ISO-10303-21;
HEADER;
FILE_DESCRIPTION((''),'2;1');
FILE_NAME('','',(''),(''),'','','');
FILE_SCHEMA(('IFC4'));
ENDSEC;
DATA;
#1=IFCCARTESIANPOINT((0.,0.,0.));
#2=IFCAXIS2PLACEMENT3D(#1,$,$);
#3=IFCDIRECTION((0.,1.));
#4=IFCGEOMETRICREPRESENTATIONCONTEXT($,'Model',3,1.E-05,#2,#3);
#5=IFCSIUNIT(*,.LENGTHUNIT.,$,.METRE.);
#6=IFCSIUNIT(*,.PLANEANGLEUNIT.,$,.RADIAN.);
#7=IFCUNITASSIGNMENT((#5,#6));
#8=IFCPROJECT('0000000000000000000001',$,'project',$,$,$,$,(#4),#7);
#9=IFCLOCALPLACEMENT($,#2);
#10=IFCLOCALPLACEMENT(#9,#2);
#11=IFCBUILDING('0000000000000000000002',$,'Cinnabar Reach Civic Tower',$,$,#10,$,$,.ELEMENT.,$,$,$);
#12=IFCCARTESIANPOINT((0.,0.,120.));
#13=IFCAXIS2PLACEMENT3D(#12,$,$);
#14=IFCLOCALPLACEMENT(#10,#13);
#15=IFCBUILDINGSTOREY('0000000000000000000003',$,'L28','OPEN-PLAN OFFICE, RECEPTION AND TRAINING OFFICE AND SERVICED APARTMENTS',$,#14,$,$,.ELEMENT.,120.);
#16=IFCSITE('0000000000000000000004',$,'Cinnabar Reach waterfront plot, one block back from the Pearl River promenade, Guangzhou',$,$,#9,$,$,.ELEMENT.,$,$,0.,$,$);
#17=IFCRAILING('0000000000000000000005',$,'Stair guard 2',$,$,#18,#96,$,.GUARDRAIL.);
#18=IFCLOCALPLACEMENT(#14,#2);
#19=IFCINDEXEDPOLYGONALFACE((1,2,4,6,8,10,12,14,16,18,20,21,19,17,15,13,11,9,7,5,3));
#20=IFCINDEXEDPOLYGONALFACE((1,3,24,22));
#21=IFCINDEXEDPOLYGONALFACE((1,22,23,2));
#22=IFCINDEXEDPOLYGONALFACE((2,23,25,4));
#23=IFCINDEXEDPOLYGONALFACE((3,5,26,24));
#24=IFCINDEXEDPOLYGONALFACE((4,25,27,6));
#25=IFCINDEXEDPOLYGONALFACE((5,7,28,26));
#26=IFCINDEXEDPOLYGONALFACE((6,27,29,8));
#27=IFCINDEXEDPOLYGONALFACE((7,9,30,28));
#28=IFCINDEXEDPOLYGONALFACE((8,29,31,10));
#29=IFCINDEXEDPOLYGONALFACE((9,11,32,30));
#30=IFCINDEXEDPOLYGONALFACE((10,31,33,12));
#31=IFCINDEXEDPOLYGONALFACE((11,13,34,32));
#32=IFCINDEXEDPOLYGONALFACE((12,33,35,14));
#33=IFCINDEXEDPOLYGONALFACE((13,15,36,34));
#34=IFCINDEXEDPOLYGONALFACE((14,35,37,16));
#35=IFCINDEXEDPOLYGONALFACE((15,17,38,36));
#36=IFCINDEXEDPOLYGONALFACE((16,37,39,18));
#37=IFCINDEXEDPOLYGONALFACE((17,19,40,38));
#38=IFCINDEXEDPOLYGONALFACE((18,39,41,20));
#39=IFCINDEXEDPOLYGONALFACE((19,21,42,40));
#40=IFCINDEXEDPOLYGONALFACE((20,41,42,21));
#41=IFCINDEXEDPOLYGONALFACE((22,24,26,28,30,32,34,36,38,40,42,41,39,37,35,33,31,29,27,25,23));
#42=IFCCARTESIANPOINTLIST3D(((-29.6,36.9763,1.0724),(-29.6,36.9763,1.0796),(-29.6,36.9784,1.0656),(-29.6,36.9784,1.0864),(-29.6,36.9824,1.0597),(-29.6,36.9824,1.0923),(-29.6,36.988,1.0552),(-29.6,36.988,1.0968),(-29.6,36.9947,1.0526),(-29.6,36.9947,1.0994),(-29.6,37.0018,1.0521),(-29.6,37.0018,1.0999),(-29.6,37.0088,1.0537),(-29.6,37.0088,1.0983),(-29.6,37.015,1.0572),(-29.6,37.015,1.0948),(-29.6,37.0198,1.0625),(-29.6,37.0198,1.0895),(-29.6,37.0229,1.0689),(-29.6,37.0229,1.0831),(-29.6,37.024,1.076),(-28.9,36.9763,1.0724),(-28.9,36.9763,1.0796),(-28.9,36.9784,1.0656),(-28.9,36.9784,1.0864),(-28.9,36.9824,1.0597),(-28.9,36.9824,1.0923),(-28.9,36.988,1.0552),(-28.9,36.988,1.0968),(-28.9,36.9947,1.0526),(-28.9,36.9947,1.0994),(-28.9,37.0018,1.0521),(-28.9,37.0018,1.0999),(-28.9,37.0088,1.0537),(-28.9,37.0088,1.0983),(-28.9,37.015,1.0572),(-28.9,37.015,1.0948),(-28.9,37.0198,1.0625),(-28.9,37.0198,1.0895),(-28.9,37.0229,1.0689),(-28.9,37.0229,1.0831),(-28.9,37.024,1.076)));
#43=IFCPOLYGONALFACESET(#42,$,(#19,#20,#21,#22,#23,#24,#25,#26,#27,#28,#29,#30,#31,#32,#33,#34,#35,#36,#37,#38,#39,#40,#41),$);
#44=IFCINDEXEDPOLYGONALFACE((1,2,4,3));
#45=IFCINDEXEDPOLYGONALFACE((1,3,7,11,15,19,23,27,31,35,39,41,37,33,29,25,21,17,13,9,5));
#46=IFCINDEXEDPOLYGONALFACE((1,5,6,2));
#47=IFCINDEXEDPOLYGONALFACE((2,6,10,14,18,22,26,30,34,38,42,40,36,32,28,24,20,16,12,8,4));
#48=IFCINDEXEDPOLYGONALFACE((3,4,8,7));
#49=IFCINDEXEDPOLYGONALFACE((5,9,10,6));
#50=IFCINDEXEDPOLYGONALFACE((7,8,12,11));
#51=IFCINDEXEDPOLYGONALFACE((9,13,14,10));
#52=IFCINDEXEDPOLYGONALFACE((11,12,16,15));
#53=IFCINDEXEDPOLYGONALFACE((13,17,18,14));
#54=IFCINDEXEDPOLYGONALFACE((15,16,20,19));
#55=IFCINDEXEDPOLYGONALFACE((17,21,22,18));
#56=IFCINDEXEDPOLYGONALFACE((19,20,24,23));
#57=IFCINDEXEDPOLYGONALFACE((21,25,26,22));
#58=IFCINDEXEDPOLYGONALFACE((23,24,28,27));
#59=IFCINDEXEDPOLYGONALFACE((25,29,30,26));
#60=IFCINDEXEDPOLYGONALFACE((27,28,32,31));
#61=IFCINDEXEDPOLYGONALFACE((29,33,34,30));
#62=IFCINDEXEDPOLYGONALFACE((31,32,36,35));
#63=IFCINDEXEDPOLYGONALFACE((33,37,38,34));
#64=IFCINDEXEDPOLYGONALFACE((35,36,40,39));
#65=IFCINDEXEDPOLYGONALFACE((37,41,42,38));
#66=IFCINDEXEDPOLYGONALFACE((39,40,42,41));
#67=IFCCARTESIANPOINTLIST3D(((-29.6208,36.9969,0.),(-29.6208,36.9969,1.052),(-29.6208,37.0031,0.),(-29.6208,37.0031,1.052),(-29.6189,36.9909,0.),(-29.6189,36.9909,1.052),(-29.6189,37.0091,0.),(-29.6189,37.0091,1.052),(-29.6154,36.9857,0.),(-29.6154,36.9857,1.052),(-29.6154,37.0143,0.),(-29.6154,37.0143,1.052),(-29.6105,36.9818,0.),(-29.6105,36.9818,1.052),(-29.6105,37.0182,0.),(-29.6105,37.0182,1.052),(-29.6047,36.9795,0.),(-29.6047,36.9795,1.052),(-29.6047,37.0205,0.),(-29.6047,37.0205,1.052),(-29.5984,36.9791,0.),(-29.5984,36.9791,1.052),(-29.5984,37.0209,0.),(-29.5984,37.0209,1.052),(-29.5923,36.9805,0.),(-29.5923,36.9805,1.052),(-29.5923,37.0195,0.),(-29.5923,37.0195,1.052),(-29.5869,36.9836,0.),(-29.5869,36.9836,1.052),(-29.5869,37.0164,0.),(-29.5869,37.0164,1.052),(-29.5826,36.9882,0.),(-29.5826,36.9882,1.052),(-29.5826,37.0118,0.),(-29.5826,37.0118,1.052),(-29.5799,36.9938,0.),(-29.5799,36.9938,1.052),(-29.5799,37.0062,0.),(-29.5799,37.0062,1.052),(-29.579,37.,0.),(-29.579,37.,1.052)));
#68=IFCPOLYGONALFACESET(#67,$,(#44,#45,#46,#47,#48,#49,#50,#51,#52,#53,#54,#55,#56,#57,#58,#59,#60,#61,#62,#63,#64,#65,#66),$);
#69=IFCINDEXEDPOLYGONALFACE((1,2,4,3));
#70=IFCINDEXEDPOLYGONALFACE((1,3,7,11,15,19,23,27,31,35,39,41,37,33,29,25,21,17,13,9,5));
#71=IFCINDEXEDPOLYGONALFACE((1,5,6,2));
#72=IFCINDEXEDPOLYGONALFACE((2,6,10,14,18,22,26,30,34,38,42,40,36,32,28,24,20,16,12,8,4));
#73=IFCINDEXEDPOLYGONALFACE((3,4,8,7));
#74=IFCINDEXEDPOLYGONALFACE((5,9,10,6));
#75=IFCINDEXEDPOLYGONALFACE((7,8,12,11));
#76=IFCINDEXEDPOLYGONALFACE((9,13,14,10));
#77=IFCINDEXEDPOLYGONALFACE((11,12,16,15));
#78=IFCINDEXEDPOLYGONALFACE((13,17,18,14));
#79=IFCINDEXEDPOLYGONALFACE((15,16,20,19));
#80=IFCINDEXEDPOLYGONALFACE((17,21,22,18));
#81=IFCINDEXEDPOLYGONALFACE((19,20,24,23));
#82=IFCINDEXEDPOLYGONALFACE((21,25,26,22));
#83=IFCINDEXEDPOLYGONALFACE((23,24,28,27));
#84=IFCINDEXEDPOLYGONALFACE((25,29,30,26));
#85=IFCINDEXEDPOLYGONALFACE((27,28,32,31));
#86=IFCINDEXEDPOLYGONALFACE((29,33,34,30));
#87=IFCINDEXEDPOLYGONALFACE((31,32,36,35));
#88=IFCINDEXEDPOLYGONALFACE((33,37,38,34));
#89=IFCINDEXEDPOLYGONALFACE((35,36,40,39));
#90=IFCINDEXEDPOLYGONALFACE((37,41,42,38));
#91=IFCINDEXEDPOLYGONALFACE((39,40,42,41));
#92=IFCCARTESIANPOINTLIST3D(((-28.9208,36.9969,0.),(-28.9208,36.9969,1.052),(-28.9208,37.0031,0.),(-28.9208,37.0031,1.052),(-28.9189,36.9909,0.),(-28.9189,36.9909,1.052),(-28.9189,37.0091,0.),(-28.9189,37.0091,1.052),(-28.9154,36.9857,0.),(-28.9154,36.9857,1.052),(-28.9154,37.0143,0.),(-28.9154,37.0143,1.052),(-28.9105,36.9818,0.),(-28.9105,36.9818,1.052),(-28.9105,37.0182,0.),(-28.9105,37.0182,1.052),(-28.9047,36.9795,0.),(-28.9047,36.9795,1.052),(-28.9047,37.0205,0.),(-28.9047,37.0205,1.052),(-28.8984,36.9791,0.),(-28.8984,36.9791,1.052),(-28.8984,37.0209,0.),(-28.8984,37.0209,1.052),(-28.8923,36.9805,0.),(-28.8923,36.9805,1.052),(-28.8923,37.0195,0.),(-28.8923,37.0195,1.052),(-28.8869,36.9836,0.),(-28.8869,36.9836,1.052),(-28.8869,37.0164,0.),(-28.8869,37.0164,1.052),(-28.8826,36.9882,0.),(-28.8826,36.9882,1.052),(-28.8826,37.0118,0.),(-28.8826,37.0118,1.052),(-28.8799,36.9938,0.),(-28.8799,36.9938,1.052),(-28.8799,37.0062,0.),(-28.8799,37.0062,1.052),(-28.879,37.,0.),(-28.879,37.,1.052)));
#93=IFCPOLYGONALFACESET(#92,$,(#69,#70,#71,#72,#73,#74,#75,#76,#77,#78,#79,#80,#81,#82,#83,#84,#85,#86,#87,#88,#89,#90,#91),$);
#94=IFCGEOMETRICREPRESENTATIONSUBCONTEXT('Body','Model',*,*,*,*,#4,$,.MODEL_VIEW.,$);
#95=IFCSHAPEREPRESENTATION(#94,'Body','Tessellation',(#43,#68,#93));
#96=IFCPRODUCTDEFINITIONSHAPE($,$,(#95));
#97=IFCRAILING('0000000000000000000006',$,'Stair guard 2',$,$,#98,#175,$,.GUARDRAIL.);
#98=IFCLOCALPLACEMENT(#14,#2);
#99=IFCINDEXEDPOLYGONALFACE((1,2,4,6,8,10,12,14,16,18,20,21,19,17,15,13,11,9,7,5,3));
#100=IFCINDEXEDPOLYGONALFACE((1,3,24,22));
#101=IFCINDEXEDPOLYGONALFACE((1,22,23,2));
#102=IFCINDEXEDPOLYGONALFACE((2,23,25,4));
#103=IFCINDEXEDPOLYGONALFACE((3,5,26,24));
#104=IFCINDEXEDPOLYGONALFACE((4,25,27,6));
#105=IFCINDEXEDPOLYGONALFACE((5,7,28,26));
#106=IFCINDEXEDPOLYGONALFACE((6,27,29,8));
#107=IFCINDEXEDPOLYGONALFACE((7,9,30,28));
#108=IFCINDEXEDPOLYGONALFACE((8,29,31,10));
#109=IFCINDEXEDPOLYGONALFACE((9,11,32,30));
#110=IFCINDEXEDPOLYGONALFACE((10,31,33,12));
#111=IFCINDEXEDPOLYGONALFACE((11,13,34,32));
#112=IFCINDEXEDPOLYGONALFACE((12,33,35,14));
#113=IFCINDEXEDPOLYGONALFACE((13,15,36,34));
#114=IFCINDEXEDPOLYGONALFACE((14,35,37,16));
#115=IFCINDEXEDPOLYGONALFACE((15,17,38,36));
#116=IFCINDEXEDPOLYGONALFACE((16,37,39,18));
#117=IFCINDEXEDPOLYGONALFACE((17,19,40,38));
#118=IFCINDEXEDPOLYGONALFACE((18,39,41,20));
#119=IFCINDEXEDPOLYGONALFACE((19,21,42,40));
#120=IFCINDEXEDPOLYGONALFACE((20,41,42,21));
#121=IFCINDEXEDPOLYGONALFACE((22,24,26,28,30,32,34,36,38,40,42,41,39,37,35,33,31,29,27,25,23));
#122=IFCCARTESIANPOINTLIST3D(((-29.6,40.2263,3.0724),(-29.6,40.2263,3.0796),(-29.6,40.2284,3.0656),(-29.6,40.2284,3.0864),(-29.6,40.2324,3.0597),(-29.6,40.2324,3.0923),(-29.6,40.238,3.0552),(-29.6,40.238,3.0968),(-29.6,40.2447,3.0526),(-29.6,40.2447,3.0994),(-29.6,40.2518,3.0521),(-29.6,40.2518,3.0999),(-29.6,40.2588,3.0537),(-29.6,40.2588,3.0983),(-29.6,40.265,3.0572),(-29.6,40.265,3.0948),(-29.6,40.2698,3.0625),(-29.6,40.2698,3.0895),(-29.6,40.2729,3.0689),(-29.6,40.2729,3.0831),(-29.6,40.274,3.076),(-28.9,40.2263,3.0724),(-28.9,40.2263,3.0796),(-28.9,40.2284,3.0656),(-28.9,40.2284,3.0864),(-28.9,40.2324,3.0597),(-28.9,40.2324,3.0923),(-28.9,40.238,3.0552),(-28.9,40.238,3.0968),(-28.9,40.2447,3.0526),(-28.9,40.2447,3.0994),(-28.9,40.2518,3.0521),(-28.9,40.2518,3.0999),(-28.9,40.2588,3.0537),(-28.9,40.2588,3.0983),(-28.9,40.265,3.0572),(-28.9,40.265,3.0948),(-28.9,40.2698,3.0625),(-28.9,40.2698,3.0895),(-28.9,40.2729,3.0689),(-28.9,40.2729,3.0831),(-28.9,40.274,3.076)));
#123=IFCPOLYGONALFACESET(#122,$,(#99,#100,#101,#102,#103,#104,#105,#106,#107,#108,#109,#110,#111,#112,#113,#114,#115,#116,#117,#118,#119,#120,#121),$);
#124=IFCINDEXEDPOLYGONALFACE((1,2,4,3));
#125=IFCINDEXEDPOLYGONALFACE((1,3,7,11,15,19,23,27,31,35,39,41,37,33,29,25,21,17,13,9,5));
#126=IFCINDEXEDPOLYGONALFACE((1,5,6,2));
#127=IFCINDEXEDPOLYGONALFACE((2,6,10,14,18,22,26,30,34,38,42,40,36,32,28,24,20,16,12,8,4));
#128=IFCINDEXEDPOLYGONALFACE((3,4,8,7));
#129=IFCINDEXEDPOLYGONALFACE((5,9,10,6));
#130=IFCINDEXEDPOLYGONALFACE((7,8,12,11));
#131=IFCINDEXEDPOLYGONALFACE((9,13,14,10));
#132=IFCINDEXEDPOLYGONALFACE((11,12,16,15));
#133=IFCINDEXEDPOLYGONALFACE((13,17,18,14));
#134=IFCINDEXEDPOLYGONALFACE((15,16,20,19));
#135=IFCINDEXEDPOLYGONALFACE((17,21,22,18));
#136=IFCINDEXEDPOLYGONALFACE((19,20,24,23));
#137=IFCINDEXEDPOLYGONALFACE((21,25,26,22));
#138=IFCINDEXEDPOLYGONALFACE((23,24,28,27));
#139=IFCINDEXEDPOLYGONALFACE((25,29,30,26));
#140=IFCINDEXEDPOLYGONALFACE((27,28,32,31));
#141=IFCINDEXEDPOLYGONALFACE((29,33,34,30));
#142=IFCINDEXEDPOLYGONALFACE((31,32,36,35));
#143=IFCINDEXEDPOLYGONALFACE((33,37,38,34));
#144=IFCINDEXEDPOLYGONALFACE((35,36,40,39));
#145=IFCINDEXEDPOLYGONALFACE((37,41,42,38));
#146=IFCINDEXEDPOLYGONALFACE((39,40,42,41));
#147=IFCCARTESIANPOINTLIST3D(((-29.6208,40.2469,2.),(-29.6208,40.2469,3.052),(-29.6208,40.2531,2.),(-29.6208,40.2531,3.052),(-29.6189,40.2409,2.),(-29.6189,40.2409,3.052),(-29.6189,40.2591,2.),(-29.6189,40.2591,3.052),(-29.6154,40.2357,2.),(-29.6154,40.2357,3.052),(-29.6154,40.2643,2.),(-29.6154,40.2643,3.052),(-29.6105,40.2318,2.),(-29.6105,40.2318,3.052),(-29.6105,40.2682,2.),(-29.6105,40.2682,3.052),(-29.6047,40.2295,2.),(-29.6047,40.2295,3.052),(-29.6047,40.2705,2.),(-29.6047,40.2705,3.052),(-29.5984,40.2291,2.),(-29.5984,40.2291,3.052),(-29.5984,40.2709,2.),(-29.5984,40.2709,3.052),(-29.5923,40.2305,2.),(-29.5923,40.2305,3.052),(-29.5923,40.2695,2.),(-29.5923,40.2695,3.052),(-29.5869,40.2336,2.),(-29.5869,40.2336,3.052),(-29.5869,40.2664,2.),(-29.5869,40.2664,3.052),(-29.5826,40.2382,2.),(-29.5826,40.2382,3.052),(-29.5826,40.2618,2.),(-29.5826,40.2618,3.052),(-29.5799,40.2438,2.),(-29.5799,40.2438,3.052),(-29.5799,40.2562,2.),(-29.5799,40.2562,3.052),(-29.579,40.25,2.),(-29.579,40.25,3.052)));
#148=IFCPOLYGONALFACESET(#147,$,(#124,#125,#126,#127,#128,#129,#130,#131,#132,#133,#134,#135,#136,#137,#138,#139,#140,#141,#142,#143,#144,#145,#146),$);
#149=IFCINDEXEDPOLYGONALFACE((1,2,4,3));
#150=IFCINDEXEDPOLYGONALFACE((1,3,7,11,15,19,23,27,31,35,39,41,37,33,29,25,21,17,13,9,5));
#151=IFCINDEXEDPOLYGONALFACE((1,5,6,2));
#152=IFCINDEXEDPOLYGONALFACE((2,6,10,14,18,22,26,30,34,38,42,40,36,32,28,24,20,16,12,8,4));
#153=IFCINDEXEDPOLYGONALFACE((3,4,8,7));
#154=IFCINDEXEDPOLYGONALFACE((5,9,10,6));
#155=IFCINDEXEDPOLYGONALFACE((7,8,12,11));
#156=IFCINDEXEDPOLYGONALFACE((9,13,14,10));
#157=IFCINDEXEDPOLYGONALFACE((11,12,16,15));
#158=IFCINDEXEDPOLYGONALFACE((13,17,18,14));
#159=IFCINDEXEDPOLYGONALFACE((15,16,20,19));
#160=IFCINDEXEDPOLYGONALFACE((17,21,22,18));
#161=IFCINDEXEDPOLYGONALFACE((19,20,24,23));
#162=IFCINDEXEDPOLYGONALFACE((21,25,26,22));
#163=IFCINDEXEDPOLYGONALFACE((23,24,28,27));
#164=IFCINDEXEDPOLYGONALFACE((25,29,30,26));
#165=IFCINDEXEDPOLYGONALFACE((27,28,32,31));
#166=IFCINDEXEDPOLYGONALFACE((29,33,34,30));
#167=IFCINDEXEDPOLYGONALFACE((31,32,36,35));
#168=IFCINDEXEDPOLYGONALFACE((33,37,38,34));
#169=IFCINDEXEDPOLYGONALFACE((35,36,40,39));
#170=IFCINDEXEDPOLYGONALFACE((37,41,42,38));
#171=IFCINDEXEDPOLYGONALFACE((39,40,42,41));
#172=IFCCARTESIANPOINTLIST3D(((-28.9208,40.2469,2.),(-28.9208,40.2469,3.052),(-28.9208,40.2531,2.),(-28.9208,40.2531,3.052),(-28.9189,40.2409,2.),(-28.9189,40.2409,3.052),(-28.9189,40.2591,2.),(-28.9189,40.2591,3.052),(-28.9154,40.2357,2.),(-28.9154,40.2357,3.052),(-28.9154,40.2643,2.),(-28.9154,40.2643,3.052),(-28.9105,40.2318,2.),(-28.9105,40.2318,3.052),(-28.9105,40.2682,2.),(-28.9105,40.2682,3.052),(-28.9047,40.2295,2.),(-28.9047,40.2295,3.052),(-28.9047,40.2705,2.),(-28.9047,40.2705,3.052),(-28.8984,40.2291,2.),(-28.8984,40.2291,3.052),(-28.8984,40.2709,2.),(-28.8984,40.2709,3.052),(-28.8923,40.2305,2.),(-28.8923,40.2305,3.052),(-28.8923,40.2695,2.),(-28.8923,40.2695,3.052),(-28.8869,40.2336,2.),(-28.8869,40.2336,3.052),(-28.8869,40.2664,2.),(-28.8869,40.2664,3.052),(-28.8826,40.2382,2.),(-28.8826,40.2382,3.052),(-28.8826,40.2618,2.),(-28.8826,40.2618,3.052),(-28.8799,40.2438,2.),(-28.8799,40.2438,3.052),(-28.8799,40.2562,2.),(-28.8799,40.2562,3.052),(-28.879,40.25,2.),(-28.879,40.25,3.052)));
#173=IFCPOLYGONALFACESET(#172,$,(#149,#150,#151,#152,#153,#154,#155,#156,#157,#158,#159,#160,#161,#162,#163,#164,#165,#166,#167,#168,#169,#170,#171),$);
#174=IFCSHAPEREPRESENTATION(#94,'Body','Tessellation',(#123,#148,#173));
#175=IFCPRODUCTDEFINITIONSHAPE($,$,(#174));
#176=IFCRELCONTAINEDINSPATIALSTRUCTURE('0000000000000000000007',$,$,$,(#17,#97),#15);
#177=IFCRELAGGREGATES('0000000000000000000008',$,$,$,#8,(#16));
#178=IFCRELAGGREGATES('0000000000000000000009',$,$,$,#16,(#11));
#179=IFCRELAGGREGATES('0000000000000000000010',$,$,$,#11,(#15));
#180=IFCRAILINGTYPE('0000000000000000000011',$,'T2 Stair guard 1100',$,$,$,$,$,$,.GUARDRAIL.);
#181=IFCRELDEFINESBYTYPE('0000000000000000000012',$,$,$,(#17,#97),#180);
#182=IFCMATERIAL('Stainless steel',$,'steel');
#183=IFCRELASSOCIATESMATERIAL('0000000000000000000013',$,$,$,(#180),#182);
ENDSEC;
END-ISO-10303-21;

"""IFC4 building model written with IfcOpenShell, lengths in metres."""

from ifc_helpers import new_model, si_unit, direction, frame, origin, origin_2d, place, context, subcontext, project, spatial, circle, extrude, material, type_object, element, save


model = new_model("IFC4")

# Units and contexts
model_context = context("Model", 3, precision=1e-05, world=origin(), true_north=direction((0.0, 1.0)))
body_context = subcontext(model_context, "Body", "Model", "MODEL_VIEW")
ifc_project = project(units=[si_unit("LENGTHUNIT", "METRE"), si_unit("PLANEANGLEUNIT", "RADIAN")], contexts=[model_context])

# Site, building, storey
site_placement = place(None, origin())
site = spatial("IfcSite", under=ifc_project, at=site_placement, Name="Cinnabar Reach waterfront plot, one block back from the Pearl River promenade, Guangzhou", CompositionType="ELEMENT", RefElevation=0.0)
building_placement = place(site_placement, origin())
building = spatial("IfcBuilding", under=site, at=building_placement, Name="Cinnabar Reach Civic Tower", CompositionType="ELEMENT")
storey_placement = place(building_placement, frame((0.0, 0.0, 120.0)))
storey = spatial("IfcBuildingStorey", under=building, at=storey_placement, Name="L28", Description="OPEN-PLAN OFFICE, RECEPTION AND TRAINING OFFICE AND SERVICED APARTMENTS", CompositionType="ELEMENT", Elevation=120.0)

# Railings
ifc_material_1 = material(Name="Stainless steel", Category="steel")
railing_type = type_object("IfcRailingType", Name="T2 Stair guard 1100", PredefinedType="GUARDRAIL", material=ifc_material_1)
for number, where, name in (
    (1, (-29.6, 37.0, 0.0), "Stair guard 2"),
    (2, (-29.6, 40.25, 2.0), "Stair guard 2"),
):
    element("IfcRailing", number, at=place(storey_placement, frame(where)), inside=storey, type_object=railing_type, Name=name, PredefinedType="GUARDRAIL", context=body_context, shape_type="SweptSolid", body=[
        extrude(circle(Radius=0.024, at=origin_2d()), frame((0.0, 0.0, 1.076), z_axis=(1.0, 0.0, 0.0), x_axis=(0.0, 1.0, 0.0)), (0.0, 0.0, 1.0), 0.7),
        extrude(circle(Radius=0.021, at=origin_2d()), origin(), (0.0, 0.0, 1.0), 1.052),
        extrude(circle(Radius=0.021, at=origin_2d()), frame((0.7, 0.0, 0.0)), (0.0, 0.0, 1.0), 1.052),
    ])

save(model, "model.ifc")
